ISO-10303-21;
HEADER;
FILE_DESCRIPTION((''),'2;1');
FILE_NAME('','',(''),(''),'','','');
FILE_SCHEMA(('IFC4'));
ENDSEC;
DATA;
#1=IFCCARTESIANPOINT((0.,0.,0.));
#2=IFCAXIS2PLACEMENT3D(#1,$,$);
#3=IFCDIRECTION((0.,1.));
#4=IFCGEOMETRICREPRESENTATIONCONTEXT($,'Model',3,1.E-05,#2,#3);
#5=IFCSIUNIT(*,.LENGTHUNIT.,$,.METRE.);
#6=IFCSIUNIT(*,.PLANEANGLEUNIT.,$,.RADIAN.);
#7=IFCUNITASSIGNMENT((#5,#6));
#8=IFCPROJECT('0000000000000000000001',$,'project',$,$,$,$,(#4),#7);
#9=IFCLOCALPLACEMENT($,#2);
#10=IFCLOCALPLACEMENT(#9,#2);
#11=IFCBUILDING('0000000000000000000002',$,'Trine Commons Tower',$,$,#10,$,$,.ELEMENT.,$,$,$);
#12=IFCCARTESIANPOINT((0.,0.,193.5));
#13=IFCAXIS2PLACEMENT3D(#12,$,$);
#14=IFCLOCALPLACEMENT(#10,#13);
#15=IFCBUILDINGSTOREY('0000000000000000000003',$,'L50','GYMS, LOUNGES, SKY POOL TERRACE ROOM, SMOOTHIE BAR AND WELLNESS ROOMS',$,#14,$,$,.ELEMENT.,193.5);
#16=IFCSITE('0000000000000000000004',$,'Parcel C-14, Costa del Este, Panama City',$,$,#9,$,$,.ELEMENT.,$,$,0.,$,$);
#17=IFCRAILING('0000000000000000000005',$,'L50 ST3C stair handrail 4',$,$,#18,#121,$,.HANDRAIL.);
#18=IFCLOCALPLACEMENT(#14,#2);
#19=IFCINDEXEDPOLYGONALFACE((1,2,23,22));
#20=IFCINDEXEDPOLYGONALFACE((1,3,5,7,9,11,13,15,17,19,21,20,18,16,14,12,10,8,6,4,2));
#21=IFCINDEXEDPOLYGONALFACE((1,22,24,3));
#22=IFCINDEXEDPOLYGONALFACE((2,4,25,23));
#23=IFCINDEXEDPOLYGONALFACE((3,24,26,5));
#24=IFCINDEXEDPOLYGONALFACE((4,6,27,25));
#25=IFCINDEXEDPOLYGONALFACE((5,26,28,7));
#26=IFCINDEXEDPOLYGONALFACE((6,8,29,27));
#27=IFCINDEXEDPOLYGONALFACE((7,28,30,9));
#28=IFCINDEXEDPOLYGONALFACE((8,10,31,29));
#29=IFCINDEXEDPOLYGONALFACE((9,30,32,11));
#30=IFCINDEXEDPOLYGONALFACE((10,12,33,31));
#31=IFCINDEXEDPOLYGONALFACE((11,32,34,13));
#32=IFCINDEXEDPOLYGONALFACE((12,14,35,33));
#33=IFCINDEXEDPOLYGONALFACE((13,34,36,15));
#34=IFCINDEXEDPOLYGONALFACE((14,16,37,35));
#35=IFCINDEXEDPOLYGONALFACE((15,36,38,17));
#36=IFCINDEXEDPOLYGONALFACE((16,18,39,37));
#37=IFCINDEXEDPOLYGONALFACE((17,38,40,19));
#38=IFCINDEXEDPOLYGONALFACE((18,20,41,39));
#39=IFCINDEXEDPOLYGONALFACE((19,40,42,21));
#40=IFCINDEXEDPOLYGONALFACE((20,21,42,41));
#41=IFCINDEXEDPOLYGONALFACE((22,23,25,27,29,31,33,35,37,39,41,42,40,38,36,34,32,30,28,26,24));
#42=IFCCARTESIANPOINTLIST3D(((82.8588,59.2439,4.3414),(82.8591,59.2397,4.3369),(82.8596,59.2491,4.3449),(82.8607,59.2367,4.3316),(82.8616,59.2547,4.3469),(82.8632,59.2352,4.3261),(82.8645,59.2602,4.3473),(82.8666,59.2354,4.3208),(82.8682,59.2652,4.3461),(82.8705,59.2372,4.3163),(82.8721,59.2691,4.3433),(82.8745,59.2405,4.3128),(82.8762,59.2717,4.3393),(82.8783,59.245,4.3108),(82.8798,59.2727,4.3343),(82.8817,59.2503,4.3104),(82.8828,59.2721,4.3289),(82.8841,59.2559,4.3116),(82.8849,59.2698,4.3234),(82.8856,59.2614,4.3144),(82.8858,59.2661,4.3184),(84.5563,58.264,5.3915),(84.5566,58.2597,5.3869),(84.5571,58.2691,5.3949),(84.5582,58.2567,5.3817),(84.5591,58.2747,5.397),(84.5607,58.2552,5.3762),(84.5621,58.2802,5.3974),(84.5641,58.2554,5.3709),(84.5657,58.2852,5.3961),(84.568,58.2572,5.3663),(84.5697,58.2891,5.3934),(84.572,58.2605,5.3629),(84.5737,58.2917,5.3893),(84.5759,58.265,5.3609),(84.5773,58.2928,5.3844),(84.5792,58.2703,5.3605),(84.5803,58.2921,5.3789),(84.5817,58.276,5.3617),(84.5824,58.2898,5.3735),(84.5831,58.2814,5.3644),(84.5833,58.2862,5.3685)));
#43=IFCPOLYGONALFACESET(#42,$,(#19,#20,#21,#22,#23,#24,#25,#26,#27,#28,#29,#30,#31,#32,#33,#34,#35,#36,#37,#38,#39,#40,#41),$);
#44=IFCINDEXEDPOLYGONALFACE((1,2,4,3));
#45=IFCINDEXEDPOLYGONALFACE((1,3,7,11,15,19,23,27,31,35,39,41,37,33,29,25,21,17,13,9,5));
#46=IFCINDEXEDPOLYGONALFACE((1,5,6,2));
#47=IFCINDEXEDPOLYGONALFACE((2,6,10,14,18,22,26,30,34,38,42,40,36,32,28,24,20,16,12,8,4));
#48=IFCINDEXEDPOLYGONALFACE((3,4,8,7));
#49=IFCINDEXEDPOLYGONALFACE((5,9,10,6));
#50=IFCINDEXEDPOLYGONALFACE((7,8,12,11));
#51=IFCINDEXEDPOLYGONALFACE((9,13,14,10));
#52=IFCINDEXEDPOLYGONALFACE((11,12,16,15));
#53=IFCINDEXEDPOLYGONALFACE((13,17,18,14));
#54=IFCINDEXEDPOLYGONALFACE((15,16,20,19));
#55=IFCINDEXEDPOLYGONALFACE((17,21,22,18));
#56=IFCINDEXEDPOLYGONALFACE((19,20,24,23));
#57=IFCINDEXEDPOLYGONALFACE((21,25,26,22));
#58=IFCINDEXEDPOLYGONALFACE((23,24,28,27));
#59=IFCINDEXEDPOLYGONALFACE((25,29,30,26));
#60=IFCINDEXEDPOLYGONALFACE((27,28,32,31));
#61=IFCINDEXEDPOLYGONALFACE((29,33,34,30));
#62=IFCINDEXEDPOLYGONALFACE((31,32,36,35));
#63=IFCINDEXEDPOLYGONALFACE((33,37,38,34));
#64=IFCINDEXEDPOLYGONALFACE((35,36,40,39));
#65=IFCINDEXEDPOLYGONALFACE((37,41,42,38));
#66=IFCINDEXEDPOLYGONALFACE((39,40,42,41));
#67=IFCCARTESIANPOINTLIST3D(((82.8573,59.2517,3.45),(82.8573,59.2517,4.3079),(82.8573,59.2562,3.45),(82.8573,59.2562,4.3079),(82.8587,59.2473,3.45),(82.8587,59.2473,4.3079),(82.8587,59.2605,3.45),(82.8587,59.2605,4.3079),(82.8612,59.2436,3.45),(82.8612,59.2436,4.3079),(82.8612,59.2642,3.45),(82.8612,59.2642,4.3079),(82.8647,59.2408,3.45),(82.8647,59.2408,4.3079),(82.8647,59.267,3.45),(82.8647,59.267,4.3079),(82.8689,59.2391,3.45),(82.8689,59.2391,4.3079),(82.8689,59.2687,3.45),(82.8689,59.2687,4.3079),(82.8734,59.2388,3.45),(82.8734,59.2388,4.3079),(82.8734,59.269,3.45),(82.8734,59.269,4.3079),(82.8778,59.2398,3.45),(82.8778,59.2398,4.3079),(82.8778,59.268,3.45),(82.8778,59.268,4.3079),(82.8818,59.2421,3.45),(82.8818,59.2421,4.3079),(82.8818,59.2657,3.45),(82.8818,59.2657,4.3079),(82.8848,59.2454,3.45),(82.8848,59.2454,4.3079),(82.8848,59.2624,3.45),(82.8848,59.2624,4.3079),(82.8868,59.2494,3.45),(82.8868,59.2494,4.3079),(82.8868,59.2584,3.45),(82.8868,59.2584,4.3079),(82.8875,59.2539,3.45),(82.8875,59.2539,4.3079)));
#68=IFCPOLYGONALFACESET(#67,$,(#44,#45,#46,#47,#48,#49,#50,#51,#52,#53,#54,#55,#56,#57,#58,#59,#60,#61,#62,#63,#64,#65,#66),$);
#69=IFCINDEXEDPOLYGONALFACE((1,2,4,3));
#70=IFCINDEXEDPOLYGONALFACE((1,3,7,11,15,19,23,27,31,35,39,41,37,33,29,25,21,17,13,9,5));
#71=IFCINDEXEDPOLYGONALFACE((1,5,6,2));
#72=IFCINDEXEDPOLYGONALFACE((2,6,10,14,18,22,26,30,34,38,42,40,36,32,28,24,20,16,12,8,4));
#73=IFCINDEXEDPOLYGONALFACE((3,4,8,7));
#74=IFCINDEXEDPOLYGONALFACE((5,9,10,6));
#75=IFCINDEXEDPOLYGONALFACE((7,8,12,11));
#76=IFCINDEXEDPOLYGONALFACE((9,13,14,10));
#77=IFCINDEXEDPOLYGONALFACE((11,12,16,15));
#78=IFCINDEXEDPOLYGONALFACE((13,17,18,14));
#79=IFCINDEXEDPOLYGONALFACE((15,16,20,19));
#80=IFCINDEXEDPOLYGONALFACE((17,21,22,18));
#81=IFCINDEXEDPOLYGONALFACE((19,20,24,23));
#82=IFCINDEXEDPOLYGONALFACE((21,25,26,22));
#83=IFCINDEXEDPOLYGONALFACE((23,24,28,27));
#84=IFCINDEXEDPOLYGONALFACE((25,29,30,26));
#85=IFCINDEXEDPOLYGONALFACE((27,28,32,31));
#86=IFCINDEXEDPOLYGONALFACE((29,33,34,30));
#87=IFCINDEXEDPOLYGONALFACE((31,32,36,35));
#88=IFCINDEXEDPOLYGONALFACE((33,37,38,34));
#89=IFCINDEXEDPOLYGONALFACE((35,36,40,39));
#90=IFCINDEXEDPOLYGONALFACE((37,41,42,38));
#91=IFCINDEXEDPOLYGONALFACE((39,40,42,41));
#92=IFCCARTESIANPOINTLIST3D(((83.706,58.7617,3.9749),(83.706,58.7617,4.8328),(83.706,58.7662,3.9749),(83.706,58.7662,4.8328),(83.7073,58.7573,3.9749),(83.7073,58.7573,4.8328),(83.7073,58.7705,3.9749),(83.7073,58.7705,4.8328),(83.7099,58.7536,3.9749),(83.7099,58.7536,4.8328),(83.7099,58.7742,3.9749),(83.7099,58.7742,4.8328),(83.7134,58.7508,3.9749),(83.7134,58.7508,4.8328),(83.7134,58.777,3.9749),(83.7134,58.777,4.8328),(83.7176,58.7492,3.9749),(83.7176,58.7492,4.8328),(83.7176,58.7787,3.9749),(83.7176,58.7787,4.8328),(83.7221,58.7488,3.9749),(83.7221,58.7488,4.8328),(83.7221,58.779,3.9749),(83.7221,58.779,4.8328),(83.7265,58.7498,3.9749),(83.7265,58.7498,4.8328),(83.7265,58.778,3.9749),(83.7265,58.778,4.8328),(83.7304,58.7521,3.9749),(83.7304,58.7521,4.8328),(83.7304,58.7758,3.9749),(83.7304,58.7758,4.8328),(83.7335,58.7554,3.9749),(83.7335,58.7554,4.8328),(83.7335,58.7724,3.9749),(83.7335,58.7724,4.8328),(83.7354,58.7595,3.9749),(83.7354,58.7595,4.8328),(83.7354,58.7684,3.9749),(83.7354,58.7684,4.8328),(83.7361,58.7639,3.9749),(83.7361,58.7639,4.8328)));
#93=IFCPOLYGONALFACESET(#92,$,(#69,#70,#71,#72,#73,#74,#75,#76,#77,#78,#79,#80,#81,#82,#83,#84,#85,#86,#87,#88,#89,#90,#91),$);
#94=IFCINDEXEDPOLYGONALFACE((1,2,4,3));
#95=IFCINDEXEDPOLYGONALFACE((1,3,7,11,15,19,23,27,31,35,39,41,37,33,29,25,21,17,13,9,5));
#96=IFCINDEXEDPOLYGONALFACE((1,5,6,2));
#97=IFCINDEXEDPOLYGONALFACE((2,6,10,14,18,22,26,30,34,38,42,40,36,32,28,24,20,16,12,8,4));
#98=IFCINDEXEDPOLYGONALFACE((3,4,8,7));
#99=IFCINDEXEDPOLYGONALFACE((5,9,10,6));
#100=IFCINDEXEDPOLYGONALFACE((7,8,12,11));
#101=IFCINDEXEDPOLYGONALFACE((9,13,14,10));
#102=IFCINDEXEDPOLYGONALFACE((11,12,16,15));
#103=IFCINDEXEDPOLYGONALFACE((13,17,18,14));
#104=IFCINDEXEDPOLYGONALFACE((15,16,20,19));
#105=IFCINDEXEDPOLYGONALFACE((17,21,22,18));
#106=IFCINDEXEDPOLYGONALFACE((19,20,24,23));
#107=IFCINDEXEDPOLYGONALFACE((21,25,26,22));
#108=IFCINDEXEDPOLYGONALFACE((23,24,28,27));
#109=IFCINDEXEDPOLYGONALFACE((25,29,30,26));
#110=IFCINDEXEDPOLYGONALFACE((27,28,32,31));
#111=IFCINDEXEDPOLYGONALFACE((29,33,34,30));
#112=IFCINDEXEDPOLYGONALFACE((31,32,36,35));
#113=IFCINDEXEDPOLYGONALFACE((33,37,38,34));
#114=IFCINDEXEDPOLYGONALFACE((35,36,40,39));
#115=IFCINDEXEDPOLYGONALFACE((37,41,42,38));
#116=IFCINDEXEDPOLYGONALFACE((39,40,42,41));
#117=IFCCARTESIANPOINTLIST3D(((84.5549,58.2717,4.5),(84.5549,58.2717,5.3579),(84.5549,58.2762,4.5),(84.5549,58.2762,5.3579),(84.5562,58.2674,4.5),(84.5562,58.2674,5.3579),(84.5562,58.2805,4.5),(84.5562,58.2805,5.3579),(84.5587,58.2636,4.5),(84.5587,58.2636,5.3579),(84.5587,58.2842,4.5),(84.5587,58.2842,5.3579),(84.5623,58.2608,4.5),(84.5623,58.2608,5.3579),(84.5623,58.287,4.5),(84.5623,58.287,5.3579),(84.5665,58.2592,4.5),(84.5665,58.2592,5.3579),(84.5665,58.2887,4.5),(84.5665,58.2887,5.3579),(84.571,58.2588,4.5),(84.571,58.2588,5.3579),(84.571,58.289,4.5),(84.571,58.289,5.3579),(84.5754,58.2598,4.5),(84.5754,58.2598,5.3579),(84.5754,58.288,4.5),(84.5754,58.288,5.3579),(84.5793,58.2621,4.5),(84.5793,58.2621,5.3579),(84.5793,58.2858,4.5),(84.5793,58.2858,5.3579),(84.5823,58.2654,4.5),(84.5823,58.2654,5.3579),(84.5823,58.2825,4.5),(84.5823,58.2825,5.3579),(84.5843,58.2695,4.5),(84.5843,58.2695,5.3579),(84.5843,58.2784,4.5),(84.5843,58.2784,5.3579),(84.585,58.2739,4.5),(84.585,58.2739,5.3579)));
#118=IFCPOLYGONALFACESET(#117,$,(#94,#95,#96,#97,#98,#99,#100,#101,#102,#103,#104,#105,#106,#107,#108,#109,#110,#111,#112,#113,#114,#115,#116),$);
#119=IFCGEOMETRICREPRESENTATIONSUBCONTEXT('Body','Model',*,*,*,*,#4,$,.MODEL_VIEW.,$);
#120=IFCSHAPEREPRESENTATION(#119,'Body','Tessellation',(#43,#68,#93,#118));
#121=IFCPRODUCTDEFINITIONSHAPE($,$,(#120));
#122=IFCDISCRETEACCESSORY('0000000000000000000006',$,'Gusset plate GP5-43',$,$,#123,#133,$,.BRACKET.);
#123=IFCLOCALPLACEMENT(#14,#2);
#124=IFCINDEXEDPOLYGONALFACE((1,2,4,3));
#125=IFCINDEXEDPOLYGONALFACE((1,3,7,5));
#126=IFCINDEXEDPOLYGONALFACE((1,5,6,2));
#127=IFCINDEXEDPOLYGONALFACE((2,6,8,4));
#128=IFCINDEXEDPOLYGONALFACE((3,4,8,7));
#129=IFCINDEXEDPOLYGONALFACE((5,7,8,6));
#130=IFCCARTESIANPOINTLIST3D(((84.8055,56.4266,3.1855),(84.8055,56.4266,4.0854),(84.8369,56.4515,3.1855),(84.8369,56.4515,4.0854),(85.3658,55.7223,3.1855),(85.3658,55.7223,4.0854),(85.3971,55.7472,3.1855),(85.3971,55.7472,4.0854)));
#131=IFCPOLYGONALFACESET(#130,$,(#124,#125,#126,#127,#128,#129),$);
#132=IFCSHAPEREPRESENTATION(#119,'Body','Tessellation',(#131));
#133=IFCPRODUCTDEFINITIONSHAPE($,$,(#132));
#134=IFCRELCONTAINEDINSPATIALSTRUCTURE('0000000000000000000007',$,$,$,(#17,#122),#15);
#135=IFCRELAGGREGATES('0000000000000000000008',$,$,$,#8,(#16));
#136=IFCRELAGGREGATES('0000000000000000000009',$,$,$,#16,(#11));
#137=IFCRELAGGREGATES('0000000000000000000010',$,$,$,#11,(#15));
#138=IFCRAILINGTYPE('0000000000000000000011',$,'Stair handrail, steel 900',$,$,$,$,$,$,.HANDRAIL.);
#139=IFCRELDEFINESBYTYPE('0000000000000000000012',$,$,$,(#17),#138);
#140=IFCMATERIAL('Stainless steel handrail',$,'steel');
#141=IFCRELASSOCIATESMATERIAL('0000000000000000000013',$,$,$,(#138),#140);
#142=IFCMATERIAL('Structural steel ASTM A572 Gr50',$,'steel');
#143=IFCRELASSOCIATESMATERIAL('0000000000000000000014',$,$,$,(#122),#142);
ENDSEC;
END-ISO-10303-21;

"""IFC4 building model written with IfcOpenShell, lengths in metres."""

from ifc_helpers import new_model, si_unit, direction, frame, origin, origin_2d, place, context, subcontext, project, spatial, rectangle, circle, extrude, material, type_object, element, save


model = new_model("IFC4")

# Units and contexts
model_context = context("Model", 3, precision=1e-05, world=origin(), true_north=direction((0.0, 1.0)))
body_context = subcontext(model_context, "Body", "Model", "MODEL_VIEW")
ifc_project = project(units=[si_unit("LENGTHUNIT", "METRE"), si_unit("PLANEANGLEUNIT", "RADIAN")], contexts=[model_context])

# Site, building, storey
site_placement = place(None, origin())
site = spatial("IfcSite", under=ifc_project, at=site_placement, Name="Parcel C-14, Costa del Este, Panama City", CompositionType="ELEMENT", RefElevation=0.0)
building_placement = place(site_placement, origin())
building = spatial("IfcBuilding", under=site, at=building_placement, Name="Trine Commons Tower", CompositionType="ELEMENT")
storey_placement = place(building_placement, frame((0.0, 0.0, 193.5)))
storey = spatial("IfcBuildingStorey", under=building, at=storey_placement, Name="L50", Description="GYMS, LOUNGES, SKY POOL TERRACE ROOM, SMOOTHIE BAR AND WELLNESS ROOMS", CompositionType="ELEMENT", Elevation=193.5)

# Railing
ifc_material_1 = material(Name="Stainless steel handrail", Category="steel")
railing_type_1 = type_object("IfcRailingType", Name="Stair handrail, steel 900", PredefinedType="HANDRAIL", material=ifc_material_1)
railing_1_placement = place(storey_placement, frame((82.8723, 59.2539, 3.45)))
element("IfcRailing", 1, at=railing_1_placement, inside=storey, type_object=railing_type_1, Name="L50 ST3C stair handrail 4", PredefinedType="HANDRAIL", context=body_context, shape_type="SweptSolid", body=[
    extrude(circle(Radius=0.021, at=origin_2d()), frame((0.0, 0.0, 0.8789), z_axis=(0.763398, -0.440713, 0.472224), x_axis=(0.49997, 0.866042, 0.0)), (0.0, 0.0, 1.0), 2.2236),
    extrude(circle(Radius=0.0151, at=origin_2d()), origin(), (0.0, 0.0, 1.0), 0.8579),
    extrude(circle(Radius=0.0151, at=origin_2d()), frame((0.8486, -0.49, 0.5249)), (0.0, 0.0, 1.0), 0.8579),
    extrude(circle(Radius=0.0151, at=origin_2d()), frame((1.6975, -0.98, 1.05)), (0.0, 0.0, 1.0), 0.8579),
])

# Discrete accessory
ifc_material_2 = material(Name="Structural steel ASTM A572 Gr50", Category="steel")
discrete_accessory_placement = place(storey_placement, frame((85.1013, 56.0869, 3.1855), z_axis=(0.0, 0.0, 1.0), x_axis=(0.622515, -0.782608, 0.0)))
element("IfcDiscreteAccessory", 2, at=discrete_accessory_placement, inside=storey, material=ifc_material_2, Name="Gusset plate GP5-43", PredefinedType="BRACKET", context=body_context, shape_type="SweptSolid", body=[
    extrude(rectangle(XDim=0.8999, YDim=0.04, at=origin_2d()), origin(), (0.0, 0.0, 1.0), 0.8999),
])

save(model, "model.ifc")
